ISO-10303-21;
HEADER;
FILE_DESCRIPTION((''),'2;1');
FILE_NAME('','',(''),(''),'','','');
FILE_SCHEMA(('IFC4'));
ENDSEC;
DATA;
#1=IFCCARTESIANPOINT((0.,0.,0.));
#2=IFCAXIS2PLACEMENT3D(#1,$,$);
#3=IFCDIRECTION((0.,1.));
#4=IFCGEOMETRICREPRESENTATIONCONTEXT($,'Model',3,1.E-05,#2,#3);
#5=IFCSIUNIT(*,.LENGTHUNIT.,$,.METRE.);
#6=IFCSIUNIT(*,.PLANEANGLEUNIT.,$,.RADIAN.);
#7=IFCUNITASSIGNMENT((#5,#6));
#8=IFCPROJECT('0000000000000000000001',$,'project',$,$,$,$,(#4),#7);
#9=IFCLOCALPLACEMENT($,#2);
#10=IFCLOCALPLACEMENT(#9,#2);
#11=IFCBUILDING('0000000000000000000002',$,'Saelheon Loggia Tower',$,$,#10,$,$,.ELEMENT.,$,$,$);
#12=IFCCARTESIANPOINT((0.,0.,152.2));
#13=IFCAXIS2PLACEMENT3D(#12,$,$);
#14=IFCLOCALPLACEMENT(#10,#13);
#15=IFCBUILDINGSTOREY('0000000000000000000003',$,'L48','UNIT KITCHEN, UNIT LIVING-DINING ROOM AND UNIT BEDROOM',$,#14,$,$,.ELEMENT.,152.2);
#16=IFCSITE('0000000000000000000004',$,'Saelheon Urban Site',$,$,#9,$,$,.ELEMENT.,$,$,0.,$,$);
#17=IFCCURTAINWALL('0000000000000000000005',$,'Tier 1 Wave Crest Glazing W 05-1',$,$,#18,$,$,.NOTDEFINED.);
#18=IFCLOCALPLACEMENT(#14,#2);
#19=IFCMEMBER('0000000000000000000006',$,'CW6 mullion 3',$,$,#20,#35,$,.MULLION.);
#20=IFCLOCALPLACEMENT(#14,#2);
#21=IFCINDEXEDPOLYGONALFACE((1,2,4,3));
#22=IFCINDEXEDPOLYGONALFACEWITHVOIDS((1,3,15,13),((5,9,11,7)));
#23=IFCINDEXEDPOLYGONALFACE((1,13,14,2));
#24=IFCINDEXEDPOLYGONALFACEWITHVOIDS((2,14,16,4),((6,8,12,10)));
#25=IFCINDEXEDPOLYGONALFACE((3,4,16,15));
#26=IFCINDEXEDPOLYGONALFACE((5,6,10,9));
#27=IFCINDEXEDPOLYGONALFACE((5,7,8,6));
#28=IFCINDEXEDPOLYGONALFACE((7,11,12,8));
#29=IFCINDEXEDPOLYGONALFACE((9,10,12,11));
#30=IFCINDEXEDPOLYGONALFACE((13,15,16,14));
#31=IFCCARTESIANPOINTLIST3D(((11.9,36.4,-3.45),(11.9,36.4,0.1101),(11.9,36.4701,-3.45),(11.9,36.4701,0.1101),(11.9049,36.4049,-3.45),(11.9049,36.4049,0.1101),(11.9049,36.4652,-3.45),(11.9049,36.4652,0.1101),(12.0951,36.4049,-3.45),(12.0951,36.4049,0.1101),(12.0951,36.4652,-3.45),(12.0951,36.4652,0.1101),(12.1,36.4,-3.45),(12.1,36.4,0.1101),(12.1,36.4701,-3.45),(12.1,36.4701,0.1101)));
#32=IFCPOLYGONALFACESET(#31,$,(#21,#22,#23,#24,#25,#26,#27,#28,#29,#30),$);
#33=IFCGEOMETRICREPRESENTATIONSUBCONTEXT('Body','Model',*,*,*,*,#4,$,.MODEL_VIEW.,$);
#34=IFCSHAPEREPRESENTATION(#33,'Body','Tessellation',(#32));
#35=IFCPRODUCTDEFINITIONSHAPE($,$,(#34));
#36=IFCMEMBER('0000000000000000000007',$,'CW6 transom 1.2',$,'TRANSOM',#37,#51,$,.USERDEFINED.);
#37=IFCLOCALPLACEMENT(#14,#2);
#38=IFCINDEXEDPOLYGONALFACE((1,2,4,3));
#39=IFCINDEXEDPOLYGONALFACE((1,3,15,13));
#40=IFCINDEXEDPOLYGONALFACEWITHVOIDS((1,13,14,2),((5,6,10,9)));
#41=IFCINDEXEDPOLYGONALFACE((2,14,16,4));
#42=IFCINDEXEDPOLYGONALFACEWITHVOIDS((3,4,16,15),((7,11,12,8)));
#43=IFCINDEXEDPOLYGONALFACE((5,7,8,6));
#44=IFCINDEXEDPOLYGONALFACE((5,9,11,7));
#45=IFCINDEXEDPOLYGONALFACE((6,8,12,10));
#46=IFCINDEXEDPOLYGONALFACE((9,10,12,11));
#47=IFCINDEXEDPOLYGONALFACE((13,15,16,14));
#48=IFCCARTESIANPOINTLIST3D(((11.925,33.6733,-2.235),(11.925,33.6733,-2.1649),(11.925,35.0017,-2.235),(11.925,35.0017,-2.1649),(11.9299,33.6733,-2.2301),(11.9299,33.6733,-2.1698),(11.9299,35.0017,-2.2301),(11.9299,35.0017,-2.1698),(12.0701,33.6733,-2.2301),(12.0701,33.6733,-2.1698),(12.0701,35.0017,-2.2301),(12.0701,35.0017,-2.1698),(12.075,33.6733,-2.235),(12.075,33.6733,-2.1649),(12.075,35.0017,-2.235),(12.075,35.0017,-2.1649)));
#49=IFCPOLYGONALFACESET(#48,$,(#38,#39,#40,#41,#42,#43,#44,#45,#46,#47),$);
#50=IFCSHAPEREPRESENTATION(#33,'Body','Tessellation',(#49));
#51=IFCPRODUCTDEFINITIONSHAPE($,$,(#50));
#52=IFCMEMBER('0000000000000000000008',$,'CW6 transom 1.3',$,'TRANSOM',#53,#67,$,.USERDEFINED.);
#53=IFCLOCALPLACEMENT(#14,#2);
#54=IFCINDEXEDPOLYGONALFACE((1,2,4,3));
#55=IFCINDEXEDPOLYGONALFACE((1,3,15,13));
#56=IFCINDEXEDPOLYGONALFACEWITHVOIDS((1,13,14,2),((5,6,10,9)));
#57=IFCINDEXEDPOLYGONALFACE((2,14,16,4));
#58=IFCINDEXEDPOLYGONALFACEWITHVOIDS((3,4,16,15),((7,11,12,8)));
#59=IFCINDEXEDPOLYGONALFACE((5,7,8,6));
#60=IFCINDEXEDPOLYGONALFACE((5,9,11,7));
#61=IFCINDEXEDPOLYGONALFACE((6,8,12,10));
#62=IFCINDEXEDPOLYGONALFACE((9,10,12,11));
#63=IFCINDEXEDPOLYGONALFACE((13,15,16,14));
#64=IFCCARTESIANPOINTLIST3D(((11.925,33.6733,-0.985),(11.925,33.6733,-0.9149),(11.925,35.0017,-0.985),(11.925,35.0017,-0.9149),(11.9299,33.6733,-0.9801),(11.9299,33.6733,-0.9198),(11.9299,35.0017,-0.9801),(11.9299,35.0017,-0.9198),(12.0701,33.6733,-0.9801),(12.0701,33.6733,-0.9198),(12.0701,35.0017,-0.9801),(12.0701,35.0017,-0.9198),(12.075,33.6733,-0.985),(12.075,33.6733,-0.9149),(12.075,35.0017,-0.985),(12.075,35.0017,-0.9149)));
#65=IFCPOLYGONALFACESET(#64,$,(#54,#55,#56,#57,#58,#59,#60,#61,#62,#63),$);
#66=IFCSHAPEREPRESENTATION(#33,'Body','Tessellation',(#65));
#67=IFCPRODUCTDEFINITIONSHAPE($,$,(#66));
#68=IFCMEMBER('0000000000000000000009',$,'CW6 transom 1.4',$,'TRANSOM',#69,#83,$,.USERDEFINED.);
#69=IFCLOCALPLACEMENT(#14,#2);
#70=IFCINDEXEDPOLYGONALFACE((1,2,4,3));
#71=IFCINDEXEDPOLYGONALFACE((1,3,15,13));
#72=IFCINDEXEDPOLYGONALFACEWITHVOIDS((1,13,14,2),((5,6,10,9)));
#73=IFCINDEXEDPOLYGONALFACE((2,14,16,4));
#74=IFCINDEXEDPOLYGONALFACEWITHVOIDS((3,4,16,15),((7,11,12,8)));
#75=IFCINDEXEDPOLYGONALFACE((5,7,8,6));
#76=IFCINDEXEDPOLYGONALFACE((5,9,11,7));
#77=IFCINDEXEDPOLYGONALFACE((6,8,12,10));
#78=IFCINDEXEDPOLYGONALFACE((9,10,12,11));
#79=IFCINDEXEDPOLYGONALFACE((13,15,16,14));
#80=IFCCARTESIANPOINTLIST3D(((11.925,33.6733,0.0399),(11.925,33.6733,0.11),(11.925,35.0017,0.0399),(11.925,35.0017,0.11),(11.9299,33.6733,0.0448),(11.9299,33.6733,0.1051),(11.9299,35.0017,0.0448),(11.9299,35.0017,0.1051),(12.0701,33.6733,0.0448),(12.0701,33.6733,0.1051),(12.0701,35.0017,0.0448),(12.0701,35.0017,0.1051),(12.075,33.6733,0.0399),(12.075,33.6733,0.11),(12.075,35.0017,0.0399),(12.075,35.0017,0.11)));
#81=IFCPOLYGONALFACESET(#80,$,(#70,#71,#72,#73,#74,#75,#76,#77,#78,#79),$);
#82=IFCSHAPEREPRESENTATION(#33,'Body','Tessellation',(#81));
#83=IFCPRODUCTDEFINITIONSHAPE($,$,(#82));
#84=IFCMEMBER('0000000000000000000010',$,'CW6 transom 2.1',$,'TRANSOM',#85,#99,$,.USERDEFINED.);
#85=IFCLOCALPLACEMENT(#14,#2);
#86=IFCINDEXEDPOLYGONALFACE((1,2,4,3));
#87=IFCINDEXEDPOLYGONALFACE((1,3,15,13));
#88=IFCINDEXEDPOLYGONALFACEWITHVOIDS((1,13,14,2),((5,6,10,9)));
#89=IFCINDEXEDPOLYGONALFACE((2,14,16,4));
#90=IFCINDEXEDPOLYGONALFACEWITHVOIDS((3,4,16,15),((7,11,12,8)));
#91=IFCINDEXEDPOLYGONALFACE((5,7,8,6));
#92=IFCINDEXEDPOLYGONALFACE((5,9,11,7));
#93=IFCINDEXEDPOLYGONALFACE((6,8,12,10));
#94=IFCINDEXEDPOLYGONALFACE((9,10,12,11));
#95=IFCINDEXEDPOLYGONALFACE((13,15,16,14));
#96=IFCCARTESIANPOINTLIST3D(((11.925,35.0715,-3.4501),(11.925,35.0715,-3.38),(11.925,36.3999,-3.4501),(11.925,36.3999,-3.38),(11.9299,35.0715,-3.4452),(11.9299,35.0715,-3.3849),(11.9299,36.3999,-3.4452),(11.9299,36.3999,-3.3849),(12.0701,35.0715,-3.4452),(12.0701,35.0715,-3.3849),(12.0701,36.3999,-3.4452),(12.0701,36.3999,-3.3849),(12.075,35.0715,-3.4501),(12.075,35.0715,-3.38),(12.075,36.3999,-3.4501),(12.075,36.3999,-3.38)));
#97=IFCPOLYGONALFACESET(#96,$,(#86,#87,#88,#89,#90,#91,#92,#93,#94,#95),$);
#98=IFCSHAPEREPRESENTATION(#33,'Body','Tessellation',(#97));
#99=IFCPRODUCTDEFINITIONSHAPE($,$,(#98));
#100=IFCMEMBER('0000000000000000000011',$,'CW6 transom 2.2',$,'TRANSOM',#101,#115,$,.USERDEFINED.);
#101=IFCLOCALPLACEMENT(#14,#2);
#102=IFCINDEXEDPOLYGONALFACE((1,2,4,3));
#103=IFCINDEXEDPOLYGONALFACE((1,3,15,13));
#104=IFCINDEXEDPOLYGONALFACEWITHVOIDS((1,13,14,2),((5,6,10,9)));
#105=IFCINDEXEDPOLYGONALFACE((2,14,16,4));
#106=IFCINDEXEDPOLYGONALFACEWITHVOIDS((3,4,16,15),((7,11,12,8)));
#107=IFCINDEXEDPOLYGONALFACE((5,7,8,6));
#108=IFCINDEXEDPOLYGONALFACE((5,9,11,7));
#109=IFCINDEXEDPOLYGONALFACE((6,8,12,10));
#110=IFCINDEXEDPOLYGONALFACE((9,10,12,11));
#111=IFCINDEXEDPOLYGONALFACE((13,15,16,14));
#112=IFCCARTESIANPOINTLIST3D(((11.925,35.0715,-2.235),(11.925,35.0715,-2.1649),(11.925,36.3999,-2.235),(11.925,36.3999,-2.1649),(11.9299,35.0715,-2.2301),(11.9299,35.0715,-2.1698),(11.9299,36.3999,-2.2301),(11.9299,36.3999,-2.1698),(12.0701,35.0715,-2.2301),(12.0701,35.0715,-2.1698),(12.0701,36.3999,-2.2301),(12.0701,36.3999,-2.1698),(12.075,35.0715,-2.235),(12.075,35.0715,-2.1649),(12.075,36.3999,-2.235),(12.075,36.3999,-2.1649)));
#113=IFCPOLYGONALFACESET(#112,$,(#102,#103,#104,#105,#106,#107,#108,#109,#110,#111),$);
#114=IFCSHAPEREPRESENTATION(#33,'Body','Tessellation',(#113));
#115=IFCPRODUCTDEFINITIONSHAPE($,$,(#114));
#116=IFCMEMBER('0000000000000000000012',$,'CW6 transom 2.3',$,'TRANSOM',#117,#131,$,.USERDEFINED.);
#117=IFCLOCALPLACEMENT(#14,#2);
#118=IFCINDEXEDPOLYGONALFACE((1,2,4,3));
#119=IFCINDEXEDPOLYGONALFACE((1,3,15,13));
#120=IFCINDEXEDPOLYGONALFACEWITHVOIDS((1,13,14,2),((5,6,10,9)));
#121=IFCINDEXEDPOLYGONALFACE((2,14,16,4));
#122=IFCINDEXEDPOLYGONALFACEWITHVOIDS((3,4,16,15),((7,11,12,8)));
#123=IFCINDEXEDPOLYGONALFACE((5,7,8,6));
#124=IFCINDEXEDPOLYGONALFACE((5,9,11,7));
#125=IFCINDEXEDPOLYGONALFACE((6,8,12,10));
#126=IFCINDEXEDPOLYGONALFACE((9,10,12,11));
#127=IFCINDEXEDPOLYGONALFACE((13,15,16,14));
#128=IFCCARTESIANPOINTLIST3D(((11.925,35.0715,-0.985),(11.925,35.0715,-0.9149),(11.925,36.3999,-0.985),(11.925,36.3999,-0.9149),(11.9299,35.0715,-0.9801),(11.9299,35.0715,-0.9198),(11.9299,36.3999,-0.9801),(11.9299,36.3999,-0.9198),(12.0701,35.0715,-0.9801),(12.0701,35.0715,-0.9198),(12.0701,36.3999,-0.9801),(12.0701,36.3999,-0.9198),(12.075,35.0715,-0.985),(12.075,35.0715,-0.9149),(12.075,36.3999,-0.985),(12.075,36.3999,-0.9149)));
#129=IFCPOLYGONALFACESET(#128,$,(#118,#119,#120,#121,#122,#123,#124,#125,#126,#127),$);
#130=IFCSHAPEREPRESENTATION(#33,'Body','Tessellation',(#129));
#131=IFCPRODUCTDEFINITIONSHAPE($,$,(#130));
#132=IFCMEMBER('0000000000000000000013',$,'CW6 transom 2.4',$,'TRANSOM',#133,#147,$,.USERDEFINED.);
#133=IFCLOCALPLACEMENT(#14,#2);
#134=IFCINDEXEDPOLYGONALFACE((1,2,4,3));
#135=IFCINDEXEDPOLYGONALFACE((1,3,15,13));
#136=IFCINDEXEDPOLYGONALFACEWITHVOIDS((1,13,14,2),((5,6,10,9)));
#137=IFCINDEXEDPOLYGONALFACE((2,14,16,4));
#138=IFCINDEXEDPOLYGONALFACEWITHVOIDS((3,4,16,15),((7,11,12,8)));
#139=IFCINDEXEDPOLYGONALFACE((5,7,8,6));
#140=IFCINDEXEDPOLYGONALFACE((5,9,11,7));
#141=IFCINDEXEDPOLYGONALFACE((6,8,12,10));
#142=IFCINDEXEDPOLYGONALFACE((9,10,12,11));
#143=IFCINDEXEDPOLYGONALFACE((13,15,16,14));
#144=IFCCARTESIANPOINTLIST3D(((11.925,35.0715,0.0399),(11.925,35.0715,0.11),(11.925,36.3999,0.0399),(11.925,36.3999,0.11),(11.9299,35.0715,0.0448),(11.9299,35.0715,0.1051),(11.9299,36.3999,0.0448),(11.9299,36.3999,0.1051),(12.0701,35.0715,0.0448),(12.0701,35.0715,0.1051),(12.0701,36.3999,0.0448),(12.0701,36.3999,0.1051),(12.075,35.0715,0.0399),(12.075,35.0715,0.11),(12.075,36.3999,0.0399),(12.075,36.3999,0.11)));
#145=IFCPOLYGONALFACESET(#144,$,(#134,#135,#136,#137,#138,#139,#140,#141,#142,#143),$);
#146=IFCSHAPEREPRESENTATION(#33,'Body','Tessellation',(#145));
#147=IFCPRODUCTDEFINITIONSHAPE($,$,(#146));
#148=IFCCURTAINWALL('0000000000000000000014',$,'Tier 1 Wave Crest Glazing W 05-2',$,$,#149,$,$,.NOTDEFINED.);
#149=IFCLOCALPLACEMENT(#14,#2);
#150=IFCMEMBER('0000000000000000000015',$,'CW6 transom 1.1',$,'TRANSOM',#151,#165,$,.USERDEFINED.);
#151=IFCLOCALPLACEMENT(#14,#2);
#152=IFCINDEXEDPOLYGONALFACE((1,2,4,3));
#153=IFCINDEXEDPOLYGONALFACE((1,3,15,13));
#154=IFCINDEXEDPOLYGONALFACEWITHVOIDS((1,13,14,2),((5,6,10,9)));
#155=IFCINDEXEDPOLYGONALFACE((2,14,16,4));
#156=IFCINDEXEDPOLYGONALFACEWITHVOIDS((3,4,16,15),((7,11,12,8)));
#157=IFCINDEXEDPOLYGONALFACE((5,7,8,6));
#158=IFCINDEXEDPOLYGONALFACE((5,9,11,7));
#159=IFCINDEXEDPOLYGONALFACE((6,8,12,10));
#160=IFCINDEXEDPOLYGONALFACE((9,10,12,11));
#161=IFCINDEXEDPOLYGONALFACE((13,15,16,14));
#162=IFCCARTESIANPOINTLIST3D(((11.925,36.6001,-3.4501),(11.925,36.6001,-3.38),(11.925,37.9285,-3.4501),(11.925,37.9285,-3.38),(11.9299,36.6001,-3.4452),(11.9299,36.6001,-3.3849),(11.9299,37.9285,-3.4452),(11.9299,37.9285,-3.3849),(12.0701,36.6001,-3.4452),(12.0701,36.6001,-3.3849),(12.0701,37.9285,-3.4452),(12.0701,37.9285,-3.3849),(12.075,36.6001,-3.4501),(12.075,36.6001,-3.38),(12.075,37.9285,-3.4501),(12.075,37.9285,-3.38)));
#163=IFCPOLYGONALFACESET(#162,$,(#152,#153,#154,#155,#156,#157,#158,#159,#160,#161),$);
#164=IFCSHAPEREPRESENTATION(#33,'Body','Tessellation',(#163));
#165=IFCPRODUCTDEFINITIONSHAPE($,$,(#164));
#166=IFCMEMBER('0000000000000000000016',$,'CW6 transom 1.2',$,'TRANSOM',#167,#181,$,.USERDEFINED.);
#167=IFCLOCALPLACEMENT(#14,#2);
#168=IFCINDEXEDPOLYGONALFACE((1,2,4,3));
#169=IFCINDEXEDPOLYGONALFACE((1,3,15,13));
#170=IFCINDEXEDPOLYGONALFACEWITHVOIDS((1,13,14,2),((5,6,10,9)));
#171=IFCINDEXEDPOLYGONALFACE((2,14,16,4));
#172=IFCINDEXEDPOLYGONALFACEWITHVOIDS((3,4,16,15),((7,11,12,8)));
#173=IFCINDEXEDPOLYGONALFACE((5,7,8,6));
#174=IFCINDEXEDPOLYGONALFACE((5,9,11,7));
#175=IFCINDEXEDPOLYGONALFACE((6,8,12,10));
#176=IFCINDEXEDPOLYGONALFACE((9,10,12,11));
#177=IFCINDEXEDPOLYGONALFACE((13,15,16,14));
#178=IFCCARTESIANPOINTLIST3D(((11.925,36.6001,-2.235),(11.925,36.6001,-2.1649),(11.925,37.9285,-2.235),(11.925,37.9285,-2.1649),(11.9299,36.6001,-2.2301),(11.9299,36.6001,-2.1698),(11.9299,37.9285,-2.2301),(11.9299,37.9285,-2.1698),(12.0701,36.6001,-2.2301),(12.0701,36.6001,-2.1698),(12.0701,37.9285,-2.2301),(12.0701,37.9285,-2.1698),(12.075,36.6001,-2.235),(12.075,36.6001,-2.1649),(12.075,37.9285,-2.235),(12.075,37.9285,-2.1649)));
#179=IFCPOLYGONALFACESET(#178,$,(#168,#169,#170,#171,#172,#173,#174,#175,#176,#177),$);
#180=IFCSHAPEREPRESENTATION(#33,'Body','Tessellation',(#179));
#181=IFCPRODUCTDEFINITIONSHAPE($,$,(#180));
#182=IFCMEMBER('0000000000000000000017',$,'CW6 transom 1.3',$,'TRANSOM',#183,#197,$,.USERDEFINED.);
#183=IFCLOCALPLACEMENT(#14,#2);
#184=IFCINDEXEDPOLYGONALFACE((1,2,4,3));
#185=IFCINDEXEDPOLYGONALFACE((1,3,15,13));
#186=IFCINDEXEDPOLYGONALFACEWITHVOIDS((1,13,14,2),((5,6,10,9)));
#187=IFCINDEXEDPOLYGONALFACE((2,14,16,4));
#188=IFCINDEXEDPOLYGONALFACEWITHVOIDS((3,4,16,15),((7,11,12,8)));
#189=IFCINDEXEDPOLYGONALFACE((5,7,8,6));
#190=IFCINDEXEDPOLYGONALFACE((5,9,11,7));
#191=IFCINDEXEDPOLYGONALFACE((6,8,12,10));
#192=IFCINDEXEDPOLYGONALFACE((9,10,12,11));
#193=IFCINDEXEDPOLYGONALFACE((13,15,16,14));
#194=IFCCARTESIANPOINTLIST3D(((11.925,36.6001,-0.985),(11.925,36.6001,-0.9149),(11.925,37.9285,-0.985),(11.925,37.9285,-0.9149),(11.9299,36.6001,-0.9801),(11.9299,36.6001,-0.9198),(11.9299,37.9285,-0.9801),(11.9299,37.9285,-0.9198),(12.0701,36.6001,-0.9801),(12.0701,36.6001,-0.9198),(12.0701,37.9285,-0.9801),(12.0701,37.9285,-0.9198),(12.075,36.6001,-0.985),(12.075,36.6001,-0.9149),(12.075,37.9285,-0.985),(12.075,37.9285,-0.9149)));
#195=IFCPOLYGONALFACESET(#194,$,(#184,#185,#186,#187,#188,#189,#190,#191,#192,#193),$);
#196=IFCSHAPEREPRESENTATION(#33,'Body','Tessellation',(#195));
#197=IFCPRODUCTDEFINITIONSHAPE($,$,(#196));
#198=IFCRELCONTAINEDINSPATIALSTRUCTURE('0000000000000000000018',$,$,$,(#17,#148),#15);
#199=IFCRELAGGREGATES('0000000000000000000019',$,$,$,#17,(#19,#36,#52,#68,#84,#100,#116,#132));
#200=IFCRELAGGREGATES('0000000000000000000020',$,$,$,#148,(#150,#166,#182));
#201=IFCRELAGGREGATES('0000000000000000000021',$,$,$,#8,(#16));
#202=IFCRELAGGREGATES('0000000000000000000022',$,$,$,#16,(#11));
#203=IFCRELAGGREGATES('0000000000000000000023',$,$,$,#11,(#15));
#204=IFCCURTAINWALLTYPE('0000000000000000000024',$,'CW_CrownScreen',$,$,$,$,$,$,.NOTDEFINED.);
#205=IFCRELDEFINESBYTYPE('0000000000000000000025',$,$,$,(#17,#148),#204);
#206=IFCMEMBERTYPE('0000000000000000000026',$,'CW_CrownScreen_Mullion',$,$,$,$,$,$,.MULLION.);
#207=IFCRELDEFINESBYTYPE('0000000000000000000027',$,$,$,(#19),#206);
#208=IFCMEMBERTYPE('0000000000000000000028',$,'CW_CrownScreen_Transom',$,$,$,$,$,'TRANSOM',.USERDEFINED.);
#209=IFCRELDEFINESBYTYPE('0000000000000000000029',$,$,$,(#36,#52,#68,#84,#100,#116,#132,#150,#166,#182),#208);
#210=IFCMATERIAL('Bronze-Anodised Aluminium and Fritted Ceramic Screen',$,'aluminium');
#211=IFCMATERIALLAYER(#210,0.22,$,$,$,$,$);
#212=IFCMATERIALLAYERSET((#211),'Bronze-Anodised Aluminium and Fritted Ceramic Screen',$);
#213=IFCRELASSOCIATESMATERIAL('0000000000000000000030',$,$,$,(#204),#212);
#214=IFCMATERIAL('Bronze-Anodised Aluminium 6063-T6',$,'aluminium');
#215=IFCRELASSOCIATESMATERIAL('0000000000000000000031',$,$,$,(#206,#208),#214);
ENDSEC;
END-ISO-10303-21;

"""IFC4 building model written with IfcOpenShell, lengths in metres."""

from ifc_helpers import new_model, si_unit, direction, frame, origin, origin_2d, place, context, subcontext, project, spatial, hollow_rectangle, extrude, source, transform, mapped, material, layer, layer_set, material_profile, profile_set, type_object, element, aggregate, save


model = new_model("IFC4")

# Units and contexts
model_context = context("Model", 3, precision=1e-05, world=origin(), true_north=direction((0.0, 1.0)))
body_context = subcontext(model_context, "Body", "Model", "MODEL_VIEW")
ifc_project = project(units=[si_unit("LENGTHUNIT", "METRE"), si_unit("PLANEANGLEUNIT", "RADIAN")], contexts=[model_context])

# Site, building, storey
site_placement = place(None, origin())
site = spatial("IfcSite", under=ifc_project, at=site_placement, Name="Saelheon Urban Site", CompositionType="ELEMENT", RefElevation=0.0)
building_placement = place(site_placement, origin())
building = spatial("IfcBuilding", under=site, at=building_placement, Name="Saelheon Loggia Tower", CompositionType="ELEMENT")
storey_placement = place(building_placement, frame((0.0, 0.0, 152.2)))
storey = spatial("IfcBuildingStorey", under=building, at=storey_placement, Name="L48", Description="UNIT KITCHEN, UNIT LIVING-DINING ROOM AND UNIT BEDROOM", CompositionType="ELEMENT", Elevation=152.2)

# Curtain walls, members
ifc_material_1 = material(Name="Bronze-Anodised Aluminium and Fritted Ceramic Screen", Category="aluminium")
ifc_layer_1 = layer(ifc_material_1, 0.22)
ifc_layer_set_1 = layer_set([ifc_layer_1], Name="Bronze-Anodised Aluminium and Fritted Ceramic Screen")
curtain_wall_type = type_object("IfcCurtainWallType", Name="CW_CrownScreen", PredefinedType="NOTDEFINED", material=ifc_layer_set_1)
curtain_wall_1_placement = place(storey_placement, origin())
curtain_wall_1 = element("IfcCurtainWall", 1, at=curtain_wall_1_placement, inside=storey, type_object=curtain_wall_type, Name="Tier 1 Wave Crest Glazing W 05-1", PredefinedType="NOTDEFINED")
ifc_material_2 = material(Name="Bronze-Anodised Aluminium 6063-T6", Category="aluminium")
ifc_material_profile_1 = material_profile(ifc_material_2, hollow_rectangle(XDim=0.0701, YDim=0.2, WallThickness=0.0049, at=origin_2d()), Name="RHS-200x70x5")
ifc_profile_set_1 = profile_set([ifc_material_profile_1], Name="Bronze-Anodised Aluminium 6063-T6")
member_type_1 = type_object("IfcMemberType", Name="CW_CrownScreen_Mullion", PredefinedType="MULLION", material=ifc_profile_set_1)
shared_shape_1 = source(origin(), body_context, "Body", "SweptSolid", [
    extrude(hollow_rectangle(XDim=0.0701, YDim=0.2, WallThickness=0.0049, at=origin_2d()), origin(), (0.0, 0.0, 1.0), 3.5601),
])
member_1_placement = place(storey_placement, frame((12.0, 36.4351, -3.45), z_axis=(0.0, 0.0, 1.0), x_axis=(0.0, 1.0, 0.0)))
member_1 = element("IfcMember", 2, at=member_1_placement, type_object=member_type_1, Name="CW6 mullion 3", PredefinedType="MULLION", context=body_context, shape_type="MappedRepresentation", body=[
    mapped(shared_shape_1, transform((0.0, 0.0, 0.0), scale=1.0)),
])
ifc_material_profile_2 = material_profile(ifc_material_2, hollow_rectangle(XDim=0.0701, YDim=0.1499, WallThickness=0.0049, at=origin_2d()), Name="RHS-150x70x5")
ifc_profile_set_2 = profile_set([ifc_material_profile_2], Name="Bronze-Anodised Aluminium 6063-T6")
member_type_2 = type_object("IfcMemberType", Name="CW_CrownScreen_Transom", ElementType="TRANSOM", PredefinedType="USERDEFINED", material=ifc_profile_set_2)
shared_shape_2 = source(origin(), body_context, "Body", "SweptSolid", [
    extrude(hollow_rectangle(XDim=0.0701, YDim=0.1499, WallThickness=0.0049, at=origin_2d()), origin(), (0.0, 0.0, 1.0), 1.3284),
])
member_2_placement = place(storey_placement, frame((12.0, 33.6733, -2.2), z_axis=(0.0, 1.0, 0.0), x_axis=(0.0, 0.0, 1.0)))
member_2 = element("IfcMember", 3, at=member_2_placement, type_object=member_type_2, Name="CW6 transom 1.2", ObjectType="TRANSOM", PredefinedType="USERDEFINED", context=body_context, shape_type="MappedRepresentation", body=[
    mapped(shared_shape_2, transform((0.0, 0.0, 0.0), scale=1.0)),
])
member_3_placement = place(storey_placement, frame((12.0, 33.6733, -0.95), z_axis=(0.0, 1.0, 0.0), x_axis=(0.0, 0.0, 1.0)))
member_3 = element("IfcMember", 4, at=member_3_placement, type_object=member_type_2, Name="CW6 transom 1.3", ObjectType="TRANSOM", PredefinedType="USERDEFINED", context=body_context, shape_type="MappedRepresentation", body=[
    mapped(shared_shape_2, transform((0.0, 0.0, 0.0), scale=1.0)),
])
member_4_placement = place(storey_placement, frame((12.0, 33.6733, 0.075), z_axis=(0.0, 1.0, 0.0), x_axis=(0.0, 0.0, 1.0)))
member_4 = element("IfcMember", 5, at=member_4_placement, type_object=member_type_2, Name="CW6 transom 1.4", ObjectType="TRANSOM", PredefinedType="USERDEFINED", context=body_context, shape_type="MappedRepresentation", body=[
    mapped(shared_shape_2, transform((0.0, 0.0, 0.0), scale=1.0)),
])
member_5_placement = place(storey_placement, frame((12.0, 35.0715, -3.415), z_axis=(0.0, 1.0, 0.0), x_axis=(0.0, 0.0, 1.0)))
member_5 = element("IfcMember", 6, at=member_5_placement, type_object=member_type_2, Name="CW6 transom 2.1", ObjectType="TRANSOM", PredefinedType="USERDEFINED", context=body_context, shape_type="MappedRepresentation", body=[
    mapped(shared_shape_2, transform((0.0, 0.0, 0.0), scale=1.0)),
])
member_6_placement = place(storey_placement, frame((12.0, 35.0715, -2.2), z_axis=(0.0, 1.0, 0.0), x_axis=(0.0, 0.0, 1.0)))
member_6 = element("IfcMember", 7, at=member_6_placement, type_object=member_type_2, Name="CW6 transom 2.2", ObjectType="TRANSOM", PredefinedType="USERDEFINED", context=body_context, shape_type="MappedRepresentation", body=[
    mapped(shared_shape_2, transform((0.0, 0.0, 0.0), scale=1.0)),
])
member_7_placement = place(storey_placement, frame((12.0, 35.0715, -0.95), z_axis=(0.0, 1.0, 0.0), x_axis=(0.0, 0.0, 1.0)))
member_7 = element("IfcMember", 8, at=member_7_placement, type_object=member_type_2, Name="CW6 transom 2.3", ObjectType="TRANSOM", PredefinedType="USERDEFINED", context=body_context, shape_type="MappedRepresentation", body=[
    mapped(shared_shape_2, transform((0.0, 0.0, 0.0), scale=1.0)),
])
member_8_placement = place(storey_placement, frame((12.0, 35.0715, 0.075), z_axis=(0.0, 1.0, 0.0), x_axis=(0.0, 0.0, 1.0)))
member_8 = element("IfcMember", 9, at=member_8_placement, type_object=member_type_2, Name="CW6 transom 2.4", ObjectType="TRANSOM", PredefinedType="USERDEFINED", context=body_context, shape_type="MappedRepresentation", body=[
    mapped(shared_shape_2, transform((0.0, 0.0, 0.0), scale=1.0)),
])
curtain_wall_2_placement = place(storey_placement, origin())
curtain_wall_2 = element("IfcCurtainWall", 10, at=curtain_wall_2_placement, inside=storey, type_object=curtain_wall_type, Name="Tier 1 Wave Crest Glazing W 05-2", PredefinedType="NOTDEFINED")
member_9_placement = place(storey_placement, frame((12.0, 36.6001, -3.415), z_axis=(0.0, 1.0, 0.0), x_axis=(0.0, 0.0, 1.0)))
member_9 = element("IfcMember", 11, at=member_9_placement, type_object=member_type_2, Name="CW6 transom 1.1", ObjectType="TRANSOM", PredefinedType="USERDEFINED", context=body_context, shape_type="MappedRepresentation", body=[
    mapped(shared_shape_2, transform((0.0, 0.0, 0.0), scale=1.0)),
])
member_10_placement = place(storey_placement, frame((12.0, 36.6001, -2.2), z_axis=(0.0, 1.0, 0.0), x_axis=(0.0, 0.0, 1.0)))
member_10 = element("IfcMember", 12, at=member_10_placement, type_object=member_type_2, Name="CW6 transom 1.2", ObjectType="TRANSOM", PredefinedType="USERDEFINED", context=body_context, shape_type="MappedRepresentation", body=[
    mapped(shared_shape_2, transform((0.0, 0.0, 0.0), scale=1.0)),
])
member_11_placement = place(storey_placement, frame((12.0, 36.6001, -0.95), z_axis=(0.0, 1.0, 0.0), x_axis=(0.0, 0.0, 1.0)))
member_11 = element("IfcMember", 13, at=member_11_placement, type_object=member_type_2, Name="CW6 transom 1.3", ObjectType="TRANSOM", PredefinedType="USERDEFINED", context=body_context, shape_type="MappedRepresentation", body=[
    mapped(shared_shape_2, transform((0.0, 0.0, 0.0), scale=1.0)),
])

aggregate(curtain_wall_1, [member_1, member_2, member_3, member_4, member_5, member_6, member_7, member_8])
aggregate(curtain_wall_2, [member_9, member_10, member_11])

save(model, "model.ifc")
